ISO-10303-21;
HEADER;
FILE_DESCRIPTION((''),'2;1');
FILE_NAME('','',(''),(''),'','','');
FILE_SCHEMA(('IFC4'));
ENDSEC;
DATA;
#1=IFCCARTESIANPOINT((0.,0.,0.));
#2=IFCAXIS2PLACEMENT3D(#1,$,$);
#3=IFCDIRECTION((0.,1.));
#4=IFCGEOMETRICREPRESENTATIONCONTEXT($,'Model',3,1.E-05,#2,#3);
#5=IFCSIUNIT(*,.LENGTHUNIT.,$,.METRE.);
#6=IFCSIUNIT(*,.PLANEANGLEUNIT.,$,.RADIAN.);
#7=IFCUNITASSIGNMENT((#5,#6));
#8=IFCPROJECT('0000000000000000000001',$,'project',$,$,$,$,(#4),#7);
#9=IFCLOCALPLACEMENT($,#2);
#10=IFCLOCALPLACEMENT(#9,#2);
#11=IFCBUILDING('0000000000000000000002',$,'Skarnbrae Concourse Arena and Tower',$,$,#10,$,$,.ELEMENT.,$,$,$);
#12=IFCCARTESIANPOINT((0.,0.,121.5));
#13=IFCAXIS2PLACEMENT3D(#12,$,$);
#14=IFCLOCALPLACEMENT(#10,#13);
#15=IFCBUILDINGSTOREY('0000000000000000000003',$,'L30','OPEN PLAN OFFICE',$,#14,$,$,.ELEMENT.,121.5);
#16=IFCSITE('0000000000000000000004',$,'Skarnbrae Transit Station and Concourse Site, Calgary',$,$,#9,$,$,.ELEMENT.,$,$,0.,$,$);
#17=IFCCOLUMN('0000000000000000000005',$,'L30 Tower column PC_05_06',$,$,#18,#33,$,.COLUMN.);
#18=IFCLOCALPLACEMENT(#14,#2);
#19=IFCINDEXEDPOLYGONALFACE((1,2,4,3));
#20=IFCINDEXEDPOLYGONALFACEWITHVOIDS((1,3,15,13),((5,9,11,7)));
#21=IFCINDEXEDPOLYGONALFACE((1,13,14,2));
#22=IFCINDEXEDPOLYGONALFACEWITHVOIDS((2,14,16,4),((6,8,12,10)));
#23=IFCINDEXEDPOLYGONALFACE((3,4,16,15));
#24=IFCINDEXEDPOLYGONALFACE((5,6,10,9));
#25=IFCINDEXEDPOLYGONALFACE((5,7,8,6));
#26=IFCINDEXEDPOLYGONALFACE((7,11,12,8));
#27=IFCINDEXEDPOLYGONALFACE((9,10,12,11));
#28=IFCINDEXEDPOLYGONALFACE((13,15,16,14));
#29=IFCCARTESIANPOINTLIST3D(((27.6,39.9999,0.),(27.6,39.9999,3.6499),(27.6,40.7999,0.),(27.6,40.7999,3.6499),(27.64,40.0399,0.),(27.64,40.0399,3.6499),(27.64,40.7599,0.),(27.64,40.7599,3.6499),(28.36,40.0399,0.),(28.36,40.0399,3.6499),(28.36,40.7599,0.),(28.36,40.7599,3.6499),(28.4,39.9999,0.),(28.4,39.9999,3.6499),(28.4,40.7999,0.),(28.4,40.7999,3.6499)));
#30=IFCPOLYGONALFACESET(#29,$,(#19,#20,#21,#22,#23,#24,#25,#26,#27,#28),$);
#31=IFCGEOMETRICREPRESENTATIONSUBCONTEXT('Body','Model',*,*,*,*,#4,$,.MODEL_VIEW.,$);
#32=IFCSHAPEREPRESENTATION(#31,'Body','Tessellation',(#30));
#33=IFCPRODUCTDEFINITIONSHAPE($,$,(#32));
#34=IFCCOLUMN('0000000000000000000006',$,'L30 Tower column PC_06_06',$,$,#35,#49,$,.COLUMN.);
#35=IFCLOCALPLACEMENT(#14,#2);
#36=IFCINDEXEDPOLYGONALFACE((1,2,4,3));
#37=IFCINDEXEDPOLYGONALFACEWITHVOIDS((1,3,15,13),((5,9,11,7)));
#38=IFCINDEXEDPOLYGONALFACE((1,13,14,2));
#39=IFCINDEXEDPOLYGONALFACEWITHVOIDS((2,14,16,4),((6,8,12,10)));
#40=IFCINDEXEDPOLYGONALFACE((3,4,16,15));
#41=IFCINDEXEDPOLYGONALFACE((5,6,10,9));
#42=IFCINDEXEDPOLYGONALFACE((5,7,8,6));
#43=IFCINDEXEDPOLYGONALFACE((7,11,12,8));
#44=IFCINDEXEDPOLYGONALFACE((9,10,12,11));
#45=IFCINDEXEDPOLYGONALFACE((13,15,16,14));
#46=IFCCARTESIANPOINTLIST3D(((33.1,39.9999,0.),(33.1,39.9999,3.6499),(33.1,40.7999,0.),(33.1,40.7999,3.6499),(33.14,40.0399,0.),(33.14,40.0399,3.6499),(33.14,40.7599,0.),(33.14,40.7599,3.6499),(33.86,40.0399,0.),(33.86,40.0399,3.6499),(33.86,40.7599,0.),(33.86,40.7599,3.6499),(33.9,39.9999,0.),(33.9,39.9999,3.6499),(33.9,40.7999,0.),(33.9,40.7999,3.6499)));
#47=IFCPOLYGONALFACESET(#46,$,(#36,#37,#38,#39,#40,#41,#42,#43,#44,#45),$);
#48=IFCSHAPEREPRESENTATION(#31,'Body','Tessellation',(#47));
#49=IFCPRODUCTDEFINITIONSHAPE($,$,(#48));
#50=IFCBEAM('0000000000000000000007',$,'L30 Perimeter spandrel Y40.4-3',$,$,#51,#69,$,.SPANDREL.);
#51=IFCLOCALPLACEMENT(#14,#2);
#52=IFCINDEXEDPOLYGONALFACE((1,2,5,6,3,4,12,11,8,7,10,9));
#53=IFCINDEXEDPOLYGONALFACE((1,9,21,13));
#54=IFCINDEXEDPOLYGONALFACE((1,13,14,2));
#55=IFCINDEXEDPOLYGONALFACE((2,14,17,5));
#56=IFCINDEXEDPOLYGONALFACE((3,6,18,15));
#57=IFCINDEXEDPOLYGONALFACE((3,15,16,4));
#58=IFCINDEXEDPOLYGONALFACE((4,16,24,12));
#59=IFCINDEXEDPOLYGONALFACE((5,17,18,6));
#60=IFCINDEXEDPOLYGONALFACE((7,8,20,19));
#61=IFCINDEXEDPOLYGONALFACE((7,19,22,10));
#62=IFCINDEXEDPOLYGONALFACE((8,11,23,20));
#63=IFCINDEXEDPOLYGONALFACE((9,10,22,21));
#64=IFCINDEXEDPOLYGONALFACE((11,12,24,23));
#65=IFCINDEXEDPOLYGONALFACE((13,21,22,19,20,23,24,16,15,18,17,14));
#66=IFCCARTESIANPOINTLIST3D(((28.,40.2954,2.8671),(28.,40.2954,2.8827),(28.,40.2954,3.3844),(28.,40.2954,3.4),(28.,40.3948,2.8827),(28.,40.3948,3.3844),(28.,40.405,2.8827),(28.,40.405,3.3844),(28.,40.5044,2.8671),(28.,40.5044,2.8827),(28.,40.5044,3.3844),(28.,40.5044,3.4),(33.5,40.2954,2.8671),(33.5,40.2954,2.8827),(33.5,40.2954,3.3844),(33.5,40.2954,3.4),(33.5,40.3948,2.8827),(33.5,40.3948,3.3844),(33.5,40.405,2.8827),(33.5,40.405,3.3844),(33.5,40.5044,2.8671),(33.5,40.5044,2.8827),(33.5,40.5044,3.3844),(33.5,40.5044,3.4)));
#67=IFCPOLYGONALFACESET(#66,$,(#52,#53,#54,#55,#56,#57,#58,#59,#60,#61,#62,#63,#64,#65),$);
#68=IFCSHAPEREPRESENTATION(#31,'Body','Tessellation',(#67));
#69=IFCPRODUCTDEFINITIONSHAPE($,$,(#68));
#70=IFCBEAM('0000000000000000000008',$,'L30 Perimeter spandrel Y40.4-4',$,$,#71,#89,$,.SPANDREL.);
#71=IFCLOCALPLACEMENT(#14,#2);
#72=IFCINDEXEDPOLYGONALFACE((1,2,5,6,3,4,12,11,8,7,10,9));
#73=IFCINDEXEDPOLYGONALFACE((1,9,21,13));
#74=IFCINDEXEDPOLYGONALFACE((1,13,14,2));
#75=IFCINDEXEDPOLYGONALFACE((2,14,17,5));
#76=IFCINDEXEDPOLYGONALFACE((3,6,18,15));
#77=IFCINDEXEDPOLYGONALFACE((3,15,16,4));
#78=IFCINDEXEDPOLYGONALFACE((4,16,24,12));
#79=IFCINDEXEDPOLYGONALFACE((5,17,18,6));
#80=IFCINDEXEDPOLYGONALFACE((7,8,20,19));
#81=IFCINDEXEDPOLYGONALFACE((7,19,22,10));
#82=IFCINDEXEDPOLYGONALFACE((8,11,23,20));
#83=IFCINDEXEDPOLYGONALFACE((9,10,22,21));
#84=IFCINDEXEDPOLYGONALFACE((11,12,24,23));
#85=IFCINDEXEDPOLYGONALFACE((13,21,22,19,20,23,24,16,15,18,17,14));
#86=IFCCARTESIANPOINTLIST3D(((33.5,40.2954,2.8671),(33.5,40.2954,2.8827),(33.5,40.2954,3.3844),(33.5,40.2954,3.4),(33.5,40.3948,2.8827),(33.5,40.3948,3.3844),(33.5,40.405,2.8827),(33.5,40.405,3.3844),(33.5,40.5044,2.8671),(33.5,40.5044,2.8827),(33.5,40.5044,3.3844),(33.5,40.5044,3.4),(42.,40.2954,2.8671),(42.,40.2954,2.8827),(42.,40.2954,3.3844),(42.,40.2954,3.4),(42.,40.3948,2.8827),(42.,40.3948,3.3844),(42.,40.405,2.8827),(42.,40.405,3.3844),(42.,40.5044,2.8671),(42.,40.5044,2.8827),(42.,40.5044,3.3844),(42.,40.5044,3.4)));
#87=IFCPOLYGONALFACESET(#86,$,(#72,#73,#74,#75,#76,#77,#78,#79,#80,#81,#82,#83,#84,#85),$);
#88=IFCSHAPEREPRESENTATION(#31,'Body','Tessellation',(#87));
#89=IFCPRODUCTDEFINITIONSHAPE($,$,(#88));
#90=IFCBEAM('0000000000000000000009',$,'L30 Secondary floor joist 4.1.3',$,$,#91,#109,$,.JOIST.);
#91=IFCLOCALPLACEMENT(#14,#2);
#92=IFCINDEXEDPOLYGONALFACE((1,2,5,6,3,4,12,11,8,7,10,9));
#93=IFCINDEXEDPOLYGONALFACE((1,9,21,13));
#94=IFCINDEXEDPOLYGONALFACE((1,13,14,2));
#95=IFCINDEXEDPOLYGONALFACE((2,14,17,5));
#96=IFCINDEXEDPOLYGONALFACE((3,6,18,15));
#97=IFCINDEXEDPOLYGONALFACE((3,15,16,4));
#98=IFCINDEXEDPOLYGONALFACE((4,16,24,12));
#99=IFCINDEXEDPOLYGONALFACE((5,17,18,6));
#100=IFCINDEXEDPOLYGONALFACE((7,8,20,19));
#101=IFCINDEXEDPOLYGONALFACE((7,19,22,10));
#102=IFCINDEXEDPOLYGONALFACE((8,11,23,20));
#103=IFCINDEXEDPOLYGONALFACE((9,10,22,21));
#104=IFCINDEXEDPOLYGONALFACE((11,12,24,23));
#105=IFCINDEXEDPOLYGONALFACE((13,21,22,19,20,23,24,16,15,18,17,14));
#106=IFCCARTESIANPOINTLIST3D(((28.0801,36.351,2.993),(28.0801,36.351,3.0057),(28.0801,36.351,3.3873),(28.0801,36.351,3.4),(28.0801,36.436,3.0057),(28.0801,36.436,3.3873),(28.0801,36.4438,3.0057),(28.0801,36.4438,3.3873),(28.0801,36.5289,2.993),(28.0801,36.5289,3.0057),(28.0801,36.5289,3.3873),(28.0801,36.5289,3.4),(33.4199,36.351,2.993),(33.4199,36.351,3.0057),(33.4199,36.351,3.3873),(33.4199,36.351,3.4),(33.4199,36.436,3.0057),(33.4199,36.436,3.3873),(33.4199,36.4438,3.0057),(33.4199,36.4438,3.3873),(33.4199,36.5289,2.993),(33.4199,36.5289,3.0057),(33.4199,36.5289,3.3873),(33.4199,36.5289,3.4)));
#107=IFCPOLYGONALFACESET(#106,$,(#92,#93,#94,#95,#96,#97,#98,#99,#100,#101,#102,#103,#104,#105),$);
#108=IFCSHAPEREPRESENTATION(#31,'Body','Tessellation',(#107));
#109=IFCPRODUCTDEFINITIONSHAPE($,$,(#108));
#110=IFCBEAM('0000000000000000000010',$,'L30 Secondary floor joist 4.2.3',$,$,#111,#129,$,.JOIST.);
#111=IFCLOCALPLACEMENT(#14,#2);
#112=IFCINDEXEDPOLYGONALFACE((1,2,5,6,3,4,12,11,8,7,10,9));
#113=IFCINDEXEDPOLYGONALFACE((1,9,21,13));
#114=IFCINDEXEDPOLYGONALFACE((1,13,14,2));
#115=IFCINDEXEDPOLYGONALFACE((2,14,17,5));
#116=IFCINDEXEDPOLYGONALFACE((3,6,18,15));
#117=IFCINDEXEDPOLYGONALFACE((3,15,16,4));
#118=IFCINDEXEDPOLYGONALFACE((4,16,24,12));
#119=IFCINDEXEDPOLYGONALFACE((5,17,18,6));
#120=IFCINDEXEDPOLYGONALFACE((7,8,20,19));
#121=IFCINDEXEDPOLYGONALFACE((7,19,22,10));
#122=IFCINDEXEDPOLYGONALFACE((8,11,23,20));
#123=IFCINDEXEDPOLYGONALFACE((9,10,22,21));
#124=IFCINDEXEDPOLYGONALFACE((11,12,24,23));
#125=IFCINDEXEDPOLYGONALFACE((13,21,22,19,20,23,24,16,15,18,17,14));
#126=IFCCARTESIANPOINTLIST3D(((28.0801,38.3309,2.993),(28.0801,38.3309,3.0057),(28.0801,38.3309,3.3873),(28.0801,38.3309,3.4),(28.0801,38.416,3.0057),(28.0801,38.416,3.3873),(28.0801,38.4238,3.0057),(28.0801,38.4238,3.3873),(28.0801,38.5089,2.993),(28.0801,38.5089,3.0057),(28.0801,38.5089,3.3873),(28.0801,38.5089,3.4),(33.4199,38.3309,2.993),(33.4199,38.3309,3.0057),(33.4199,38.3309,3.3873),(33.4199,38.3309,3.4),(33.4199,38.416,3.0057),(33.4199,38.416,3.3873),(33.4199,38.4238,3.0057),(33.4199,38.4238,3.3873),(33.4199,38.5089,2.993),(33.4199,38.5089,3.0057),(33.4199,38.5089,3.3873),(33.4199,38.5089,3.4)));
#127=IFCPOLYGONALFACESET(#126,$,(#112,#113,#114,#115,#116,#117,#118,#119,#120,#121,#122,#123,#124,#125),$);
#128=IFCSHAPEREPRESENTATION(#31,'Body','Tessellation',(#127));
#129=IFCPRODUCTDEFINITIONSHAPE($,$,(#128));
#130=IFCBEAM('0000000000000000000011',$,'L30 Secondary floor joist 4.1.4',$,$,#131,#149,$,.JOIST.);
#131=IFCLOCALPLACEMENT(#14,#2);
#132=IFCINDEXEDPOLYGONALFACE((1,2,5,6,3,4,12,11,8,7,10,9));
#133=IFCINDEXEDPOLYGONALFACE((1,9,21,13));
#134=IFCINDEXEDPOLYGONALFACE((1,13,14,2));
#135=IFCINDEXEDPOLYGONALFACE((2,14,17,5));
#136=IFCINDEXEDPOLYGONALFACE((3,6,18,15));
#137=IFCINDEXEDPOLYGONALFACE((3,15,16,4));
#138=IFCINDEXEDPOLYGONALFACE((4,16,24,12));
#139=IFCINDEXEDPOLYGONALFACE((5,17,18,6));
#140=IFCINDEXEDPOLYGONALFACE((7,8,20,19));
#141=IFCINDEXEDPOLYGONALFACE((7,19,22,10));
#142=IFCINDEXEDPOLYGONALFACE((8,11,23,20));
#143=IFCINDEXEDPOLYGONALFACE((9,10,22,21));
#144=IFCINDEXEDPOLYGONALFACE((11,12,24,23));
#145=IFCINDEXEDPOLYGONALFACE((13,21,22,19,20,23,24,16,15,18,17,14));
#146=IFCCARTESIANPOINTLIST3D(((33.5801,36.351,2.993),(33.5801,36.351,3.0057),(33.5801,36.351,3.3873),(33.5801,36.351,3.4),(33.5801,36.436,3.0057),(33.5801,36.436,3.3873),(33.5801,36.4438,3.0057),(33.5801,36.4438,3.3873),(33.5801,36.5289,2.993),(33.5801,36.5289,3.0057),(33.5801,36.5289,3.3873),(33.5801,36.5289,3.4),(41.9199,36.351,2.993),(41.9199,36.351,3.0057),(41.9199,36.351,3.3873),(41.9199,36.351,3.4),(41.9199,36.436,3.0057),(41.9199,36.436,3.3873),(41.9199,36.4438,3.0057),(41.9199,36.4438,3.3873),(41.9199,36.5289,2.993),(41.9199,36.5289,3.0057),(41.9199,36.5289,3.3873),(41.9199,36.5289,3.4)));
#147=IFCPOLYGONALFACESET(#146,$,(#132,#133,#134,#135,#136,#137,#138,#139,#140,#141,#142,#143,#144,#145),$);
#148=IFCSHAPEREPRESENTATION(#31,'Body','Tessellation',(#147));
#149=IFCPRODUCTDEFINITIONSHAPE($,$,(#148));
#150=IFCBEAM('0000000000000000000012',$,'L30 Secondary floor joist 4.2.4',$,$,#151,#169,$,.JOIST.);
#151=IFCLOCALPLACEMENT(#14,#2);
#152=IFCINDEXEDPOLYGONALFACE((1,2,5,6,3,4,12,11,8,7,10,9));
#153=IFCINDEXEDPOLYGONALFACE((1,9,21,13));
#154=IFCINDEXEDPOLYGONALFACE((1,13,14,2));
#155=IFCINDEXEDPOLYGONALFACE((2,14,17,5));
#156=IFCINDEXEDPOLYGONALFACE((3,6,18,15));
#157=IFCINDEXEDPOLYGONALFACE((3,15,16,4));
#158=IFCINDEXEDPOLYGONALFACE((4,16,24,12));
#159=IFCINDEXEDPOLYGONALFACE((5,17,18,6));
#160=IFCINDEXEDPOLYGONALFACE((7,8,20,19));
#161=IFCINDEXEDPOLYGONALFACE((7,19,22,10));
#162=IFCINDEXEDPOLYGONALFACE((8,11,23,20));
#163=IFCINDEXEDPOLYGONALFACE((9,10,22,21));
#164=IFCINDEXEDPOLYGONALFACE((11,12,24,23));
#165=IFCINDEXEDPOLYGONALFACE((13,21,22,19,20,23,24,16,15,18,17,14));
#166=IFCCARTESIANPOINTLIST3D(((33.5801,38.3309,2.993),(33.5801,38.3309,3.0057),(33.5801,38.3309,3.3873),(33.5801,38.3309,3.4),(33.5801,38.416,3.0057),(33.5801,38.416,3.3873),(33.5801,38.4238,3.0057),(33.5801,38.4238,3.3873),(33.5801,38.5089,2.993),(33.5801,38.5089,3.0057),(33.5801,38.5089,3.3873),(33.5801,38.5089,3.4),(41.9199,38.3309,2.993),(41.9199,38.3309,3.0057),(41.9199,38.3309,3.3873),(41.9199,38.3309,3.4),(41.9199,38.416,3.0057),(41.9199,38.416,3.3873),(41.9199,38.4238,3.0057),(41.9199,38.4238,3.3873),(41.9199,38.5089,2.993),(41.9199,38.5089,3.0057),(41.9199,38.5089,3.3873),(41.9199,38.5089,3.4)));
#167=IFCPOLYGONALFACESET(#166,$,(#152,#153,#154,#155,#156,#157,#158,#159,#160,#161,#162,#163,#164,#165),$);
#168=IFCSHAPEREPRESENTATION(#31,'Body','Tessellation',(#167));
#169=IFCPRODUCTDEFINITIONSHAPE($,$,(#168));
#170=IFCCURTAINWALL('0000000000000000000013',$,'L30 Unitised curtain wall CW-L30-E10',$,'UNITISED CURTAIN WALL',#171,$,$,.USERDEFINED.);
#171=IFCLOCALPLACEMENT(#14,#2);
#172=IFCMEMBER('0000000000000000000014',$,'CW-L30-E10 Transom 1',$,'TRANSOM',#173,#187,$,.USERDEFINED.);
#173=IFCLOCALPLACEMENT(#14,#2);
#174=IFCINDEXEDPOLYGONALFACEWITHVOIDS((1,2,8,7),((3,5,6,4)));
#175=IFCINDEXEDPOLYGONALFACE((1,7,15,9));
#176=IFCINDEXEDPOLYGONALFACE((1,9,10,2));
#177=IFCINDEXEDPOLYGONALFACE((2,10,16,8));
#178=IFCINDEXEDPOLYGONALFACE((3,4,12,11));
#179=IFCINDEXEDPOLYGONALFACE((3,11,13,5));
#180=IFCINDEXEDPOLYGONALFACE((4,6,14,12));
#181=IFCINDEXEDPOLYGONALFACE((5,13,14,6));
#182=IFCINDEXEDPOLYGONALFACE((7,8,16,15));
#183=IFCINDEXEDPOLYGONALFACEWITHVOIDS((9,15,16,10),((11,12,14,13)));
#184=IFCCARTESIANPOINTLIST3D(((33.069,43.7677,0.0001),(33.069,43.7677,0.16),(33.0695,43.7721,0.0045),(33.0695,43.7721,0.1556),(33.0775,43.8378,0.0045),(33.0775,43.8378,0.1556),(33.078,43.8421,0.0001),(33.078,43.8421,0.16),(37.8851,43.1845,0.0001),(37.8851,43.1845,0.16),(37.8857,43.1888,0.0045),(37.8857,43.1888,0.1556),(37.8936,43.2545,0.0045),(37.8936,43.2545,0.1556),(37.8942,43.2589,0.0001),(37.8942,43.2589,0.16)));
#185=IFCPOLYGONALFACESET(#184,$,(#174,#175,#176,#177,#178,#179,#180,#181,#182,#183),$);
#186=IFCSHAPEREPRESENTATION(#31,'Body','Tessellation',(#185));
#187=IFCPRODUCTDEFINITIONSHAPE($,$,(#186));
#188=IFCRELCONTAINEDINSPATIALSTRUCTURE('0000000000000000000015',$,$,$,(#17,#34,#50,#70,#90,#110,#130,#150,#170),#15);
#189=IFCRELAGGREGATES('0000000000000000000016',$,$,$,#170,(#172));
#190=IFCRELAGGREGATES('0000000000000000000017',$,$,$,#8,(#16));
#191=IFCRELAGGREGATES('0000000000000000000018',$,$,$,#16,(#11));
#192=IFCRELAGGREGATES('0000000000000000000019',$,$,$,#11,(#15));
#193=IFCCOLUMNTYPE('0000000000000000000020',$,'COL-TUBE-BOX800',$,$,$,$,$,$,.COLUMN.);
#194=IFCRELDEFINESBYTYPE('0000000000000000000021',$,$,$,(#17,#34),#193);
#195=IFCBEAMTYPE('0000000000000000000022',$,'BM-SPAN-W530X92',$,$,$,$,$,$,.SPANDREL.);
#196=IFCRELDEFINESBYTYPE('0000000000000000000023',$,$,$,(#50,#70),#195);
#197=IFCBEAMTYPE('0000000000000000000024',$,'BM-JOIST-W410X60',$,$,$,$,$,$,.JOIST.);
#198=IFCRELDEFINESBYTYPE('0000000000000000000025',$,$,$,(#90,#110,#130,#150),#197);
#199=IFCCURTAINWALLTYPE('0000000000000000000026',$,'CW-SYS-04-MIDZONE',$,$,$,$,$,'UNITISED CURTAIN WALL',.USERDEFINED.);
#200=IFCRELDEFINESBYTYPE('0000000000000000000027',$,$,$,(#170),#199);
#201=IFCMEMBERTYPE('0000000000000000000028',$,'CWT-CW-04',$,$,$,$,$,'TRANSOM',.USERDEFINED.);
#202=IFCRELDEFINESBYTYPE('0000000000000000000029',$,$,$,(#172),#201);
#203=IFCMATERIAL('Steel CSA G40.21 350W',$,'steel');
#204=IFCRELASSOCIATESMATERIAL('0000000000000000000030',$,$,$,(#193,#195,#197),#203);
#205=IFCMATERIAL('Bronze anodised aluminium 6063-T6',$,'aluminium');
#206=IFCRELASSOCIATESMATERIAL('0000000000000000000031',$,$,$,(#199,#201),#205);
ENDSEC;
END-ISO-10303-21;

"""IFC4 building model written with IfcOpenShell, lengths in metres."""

from ifc_helpers import new_model, si_unit, direction, frame, origin, origin_2d, place, context, subcontext, project, spatial, hollow_rectangle, i_section, extrude, source, transform, mapped, material, material_profile, profile_set, type_object, element, aggregate, save


model = new_model("IFC4")

# Units and contexts
model_context = context("Model", 3, precision=1e-05, world=origin(), true_north=direction((0.0, 1.0)))
body_context = subcontext(model_context, "Body", "Model", "MODEL_VIEW")
ifc_project = project(units=[si_unit("LENGTHUNIT", "METRE"), si_unit("PLANEANGLEUNIT", "RADIAN")], contexts=[model_context])

# Site, building, storey
site_placement = place(None, origin())
site = spatial("IfcSite", under=ifc_project, at=site_placement, Name="Skarnbrae Transit Station and Concourse Site, Calgary", CompositionType="ELEMENT", RefElevation=0.0)
building_placement = place(site_placement, origin())
building = spatial("IfcBuilding", under=site, at=building_placement, Name="Skarnbrae Concourse Arena and Tower", CompositionType="ELEMENT")
storey_placement = place(building_placement, frame((0.0, 0.0, 121.5)))
storey = spatial("IfcBuildingStorey", under=building, at=storey_placement, Name="L30", Description="OPEN PLAN OFFICE", CompositionType="ELEMENT", Elevation=121.5)

# Columns
ifc_material_1 = material(Name="Steel CSA G40.21 350W", Category="steel")
ifc_material_profile_1 = material_profile(ifc_material_1, hollow_rectangle(XDim=0.8, YDim=0.8, WallThickness=0.04, at=origin_2d()), Name="BOX800X800X40")
ifc_profile_set_1 = profile_set([ifc_material_profile_1], Name="Steel CSA G40.21 350W")
column_type = type_object("IfcColumnType", Name="COL-TUBE-BOX800", PredefinedType="COLUMN", material=ifc_profile_set_1)
shared_shape_1 = source(origin(), body_context, "Body", "SweptSolid", [
    extrude(hollow_rectangle(XDim=0.8, YDim=0.8, WallThickness=0.04, at=origin_2d()), origin(), (0.0, 0.0, 1.0), 3.6499),
])
for number, where, z_axis, x_axis, name in (
    (1, (28.0, 40.3999, 0.0), (0.0, 0.0, 1.0), (1.0, 0.0, 0.0), "L30 Tower column PC_05_06"),
    (2, (33.5, 40.3999, 0.0), (0.0, 0.0, 1.0), (1.0, 0.0, 0.0), "L30 Tower column PC_06_06"),
):
    element("IfcColumn", number, at=place(storey_placement, frame(where, z_axis=z_axis, x_axis=x_axis)), inside=storey, type_object=column_type, Name=name, PredefinedType="COLUMN", context=body_context, shape_type="MappedRepresentation", body=[
        mapped(shared_shape_1, transform((0.0, 0.0, 0.0))),
    ])

# Beams
ifc_material_profile_2 = material_profile(ifc_material_1, i_section(OverallWidth=0.209, OverallDepth=0.533, WebThickness=0.0103, FlangeThickness=0.0156, at=origin_2d()), Name="W530X92")
ifc_profile_set_2 = profile_set([ifc_material_profile_2], Name="Steel CSA G40.21 350W")
beam_type_1 = type_object("IfcBeamType", Name="BM-SPAN-W530X92", PredefinedType="SPANDREL", material=ifc_profile_set_2)
shared_shape_2 = source(origin(), body_context, "Body", "SweptSolid", [
    extrude(i_section(OverallWidth=0.209, OverallDepth=0.533, WebThickness=0.0103, FlangeThickness=0.0156, at=origin_2d()), origin(), (0.0, 0.0, 1.0), 5.5),
])
beam_1_placement = place(storey_placement, frame((28.0, 40.3999, 3.1335), z_axis=(1.0, 0.0, 0.0), x_axis=(0.0, 1.0, 0.0)))
element("IfcBeam", 3, at=beam_1_placement, inside=storey, type_object=beam_type_1, Name="L30 Perimeter spandrel Y40.4-3", PredefinedType="SPANDREL", context=body_context, shape_type="MappedRepresentation", body=[
    mapped(shared_shape_2, transform((0.0, 0.0, 0.0))),
])
shared_shape_3 = source(origin(), body_context, "Body", "SweptSolid", [
    extrude(i_section(OverallWidth=0.209, OverallDepth=0.533, WebThickness=0.0103, FlangeThickness=0.0156, at=origin_2d()), origin(), (0.0, 0.0, 1.0), 8.5),
])
beam_2_placement = place(storey_placement, frame((33.5, 40.3999, 3.1335), z_axis=(1.0, 0.0, 0.0), x_axis=(0.0, 1.0, 0.0)))
element("IfcBeam", 4, at=beam_2_placement, inside=storey, type_object=beam_type_1, Name="L30 Perimeter spandrel Y40.4-4", PredefinedType="SPANDREL", context=body_context, shape_type="MappedRepresentation", body=[
    mapped(shared_shape_3, transform((0.0, 0.0, 0.0))),
])
ifc_material_profile_3 = material_profile(ifc_material_1, i_section(OverallWidth=0.178, OverallDepth=0.407, WebThickness=0.0078, FlangeThickness=0.0127, at=origin_2d()), Name="W410X60")
ifc_profile_set_3 = profile_set([ifc_material_profile_3], Name="Steel CSA G40.21 350W")
beam_type_2 = type_object("IfcBeamType", Name="BM-JOIST-W410X60", PredefinedType="JOIST", material=ifc_profile_set_3)
shared_shape_4 = source(origin(), body_context, "Body", "SweptSolid", [
    extrude(i_section(OverallWidth=0.178, OverallDepth=0.407, WebThickness=0.0078, FlangeThickness=0.0127, at=origin_2d()), origin(), (0.0, 0.0, 1.0), 5.3398),
])
for number, where, z_axis, x_axis, name in (
    (5, (28.0801, 36.4399, 3.1965), (1.0, 0.0, 0.0), (0.0, 1.0, 0.0), "L30 Secondary floor joist 4.1.3"),
    (6, (28.0801, 38.4199, 3.1965), (1.0, 0.0, 0.0), (0.0, 1.0, 0.0), "L30 Secondary floor joist 4.2.3"),
):
    element("IfcBeam", number, at=place(storey_placement, frame(where, z_axis=z_axis, x_axis=x_axis)), inside=storey, type_object=beam_type_2, Name=name, PredefinedType="JOIST", context=body_context, shape_type="MappedRepresentation", body=[
        mapped(shared_shape_4, transform((0.0, 0.0, 0.0))),
    ])
shared_shape_5 = source(origin(), body_context, "Body", "SweptSolid", [
    extrude(i_section(OverallWidth=0.178, OverallDepth=0.407, WebThickness=0.0078, FlangeThickness=0.0127, at=origin_2d()), origin(), (0.0, 0.0, 1.0), 8.3398),
])
for number, where, z_axis, x_axis, name in (
    (7, (33.5801, 36.4399, 3.1965), (1.0, 0.0, 0.0), (0.0, 1.0, 0.0), "L30 Secondary floor joist 4.1.4"),
    (8, (33.5801, 38.4199, 3.1965), (1.0, 0.0, 0.0), (0.0, 1.0, 0.0), "L30 Secondary floor joist 4.2.4"),
):
    element("IfcBeam", number, at=place(storey_placement, frame(where, z_axis=z_axis, x_axis=x_axis)), inside=storey, type_object=beam_type_2, Name=name, PredefinedType="JOIST", context=body_context, shape_type="MappedRepresentation", body=[
        mapped(shared_shape_5, transform((0.0, 0.0, 0.0))),
    ])

# Curtain wall, member
ifc_material_2 = material(Name="Bronze anodised aluminium 6063-T6", Category="aluminium")
curtain_wall_type = type_object("IfcCurtainWallType", Name="CW-SYS-04-MIDZONE", ElementType="UNITISED CURTAIN WALL", PredefinedType="USERDEFINED", material=ifc_material_2)
curtain_wall_1_placement = place(storey_placement, origin())
curtain_wall_1 = element("IfcCurtainWall", 9, at=curtain_wall_1_placement, inside=storey, type_object=curtain_wall_type, Name="L30 Unitised curtain wall CW-L30-E10", ObjectType="UNITISED CURTAIN WALL", PredefinedType="USERDEFINED")
ifc_material_profile_4 = material_profile(ifc_material_2, hollow_rectangle(XDim=0.075, YDim=0.1599, WallThickness=0.0044, at=origin_2d()), Name="ALU-TRAN-75X160")
ifc_profile_set_4 = profile_set([ifc_material_profile_4], Name="Bronze anodised aluminium 6063-T6")
member_type_1 = type_object("IfcMemberType", Name="CWT-CW-04", ElementType="TRANSOM", PredefinedType="USERDEFINED", material=ifc_profile_set_4)
shared_shape_6 = source(origin(), body_context, "Body", "SweptSolid", [
    extrude(hollow_rectangle(XDim=0.075, YDim=0.1599, WallThickness=0.0044, at=origin_2d()), origin(), (0.0, 0.0, 1.0), 4.8513),
])
member_1_placement = place(storey_placement, frame((37.8896, 43.2217, 0.0801), z_axis=(-0.992747, 0.120225, 0.0), x_axis=(-0.120225, -0.992747, 0.0)))
member_1 = element("IfcMember", 10, at=member_1_placement, type_object=member_type_1, Name="CW-L30-E10 Transom 1", ObjectType="TRANSOM", PredefinedType="USERDEFINED", context=body_context, shape_type="MappedRepresentation", body=[
    mapped(shared_shape_6, transform((0.0, 0.0, 0.0))),
])

aggregate(curtain_wall_1, [member_1])

save(model, "model.ifc")
